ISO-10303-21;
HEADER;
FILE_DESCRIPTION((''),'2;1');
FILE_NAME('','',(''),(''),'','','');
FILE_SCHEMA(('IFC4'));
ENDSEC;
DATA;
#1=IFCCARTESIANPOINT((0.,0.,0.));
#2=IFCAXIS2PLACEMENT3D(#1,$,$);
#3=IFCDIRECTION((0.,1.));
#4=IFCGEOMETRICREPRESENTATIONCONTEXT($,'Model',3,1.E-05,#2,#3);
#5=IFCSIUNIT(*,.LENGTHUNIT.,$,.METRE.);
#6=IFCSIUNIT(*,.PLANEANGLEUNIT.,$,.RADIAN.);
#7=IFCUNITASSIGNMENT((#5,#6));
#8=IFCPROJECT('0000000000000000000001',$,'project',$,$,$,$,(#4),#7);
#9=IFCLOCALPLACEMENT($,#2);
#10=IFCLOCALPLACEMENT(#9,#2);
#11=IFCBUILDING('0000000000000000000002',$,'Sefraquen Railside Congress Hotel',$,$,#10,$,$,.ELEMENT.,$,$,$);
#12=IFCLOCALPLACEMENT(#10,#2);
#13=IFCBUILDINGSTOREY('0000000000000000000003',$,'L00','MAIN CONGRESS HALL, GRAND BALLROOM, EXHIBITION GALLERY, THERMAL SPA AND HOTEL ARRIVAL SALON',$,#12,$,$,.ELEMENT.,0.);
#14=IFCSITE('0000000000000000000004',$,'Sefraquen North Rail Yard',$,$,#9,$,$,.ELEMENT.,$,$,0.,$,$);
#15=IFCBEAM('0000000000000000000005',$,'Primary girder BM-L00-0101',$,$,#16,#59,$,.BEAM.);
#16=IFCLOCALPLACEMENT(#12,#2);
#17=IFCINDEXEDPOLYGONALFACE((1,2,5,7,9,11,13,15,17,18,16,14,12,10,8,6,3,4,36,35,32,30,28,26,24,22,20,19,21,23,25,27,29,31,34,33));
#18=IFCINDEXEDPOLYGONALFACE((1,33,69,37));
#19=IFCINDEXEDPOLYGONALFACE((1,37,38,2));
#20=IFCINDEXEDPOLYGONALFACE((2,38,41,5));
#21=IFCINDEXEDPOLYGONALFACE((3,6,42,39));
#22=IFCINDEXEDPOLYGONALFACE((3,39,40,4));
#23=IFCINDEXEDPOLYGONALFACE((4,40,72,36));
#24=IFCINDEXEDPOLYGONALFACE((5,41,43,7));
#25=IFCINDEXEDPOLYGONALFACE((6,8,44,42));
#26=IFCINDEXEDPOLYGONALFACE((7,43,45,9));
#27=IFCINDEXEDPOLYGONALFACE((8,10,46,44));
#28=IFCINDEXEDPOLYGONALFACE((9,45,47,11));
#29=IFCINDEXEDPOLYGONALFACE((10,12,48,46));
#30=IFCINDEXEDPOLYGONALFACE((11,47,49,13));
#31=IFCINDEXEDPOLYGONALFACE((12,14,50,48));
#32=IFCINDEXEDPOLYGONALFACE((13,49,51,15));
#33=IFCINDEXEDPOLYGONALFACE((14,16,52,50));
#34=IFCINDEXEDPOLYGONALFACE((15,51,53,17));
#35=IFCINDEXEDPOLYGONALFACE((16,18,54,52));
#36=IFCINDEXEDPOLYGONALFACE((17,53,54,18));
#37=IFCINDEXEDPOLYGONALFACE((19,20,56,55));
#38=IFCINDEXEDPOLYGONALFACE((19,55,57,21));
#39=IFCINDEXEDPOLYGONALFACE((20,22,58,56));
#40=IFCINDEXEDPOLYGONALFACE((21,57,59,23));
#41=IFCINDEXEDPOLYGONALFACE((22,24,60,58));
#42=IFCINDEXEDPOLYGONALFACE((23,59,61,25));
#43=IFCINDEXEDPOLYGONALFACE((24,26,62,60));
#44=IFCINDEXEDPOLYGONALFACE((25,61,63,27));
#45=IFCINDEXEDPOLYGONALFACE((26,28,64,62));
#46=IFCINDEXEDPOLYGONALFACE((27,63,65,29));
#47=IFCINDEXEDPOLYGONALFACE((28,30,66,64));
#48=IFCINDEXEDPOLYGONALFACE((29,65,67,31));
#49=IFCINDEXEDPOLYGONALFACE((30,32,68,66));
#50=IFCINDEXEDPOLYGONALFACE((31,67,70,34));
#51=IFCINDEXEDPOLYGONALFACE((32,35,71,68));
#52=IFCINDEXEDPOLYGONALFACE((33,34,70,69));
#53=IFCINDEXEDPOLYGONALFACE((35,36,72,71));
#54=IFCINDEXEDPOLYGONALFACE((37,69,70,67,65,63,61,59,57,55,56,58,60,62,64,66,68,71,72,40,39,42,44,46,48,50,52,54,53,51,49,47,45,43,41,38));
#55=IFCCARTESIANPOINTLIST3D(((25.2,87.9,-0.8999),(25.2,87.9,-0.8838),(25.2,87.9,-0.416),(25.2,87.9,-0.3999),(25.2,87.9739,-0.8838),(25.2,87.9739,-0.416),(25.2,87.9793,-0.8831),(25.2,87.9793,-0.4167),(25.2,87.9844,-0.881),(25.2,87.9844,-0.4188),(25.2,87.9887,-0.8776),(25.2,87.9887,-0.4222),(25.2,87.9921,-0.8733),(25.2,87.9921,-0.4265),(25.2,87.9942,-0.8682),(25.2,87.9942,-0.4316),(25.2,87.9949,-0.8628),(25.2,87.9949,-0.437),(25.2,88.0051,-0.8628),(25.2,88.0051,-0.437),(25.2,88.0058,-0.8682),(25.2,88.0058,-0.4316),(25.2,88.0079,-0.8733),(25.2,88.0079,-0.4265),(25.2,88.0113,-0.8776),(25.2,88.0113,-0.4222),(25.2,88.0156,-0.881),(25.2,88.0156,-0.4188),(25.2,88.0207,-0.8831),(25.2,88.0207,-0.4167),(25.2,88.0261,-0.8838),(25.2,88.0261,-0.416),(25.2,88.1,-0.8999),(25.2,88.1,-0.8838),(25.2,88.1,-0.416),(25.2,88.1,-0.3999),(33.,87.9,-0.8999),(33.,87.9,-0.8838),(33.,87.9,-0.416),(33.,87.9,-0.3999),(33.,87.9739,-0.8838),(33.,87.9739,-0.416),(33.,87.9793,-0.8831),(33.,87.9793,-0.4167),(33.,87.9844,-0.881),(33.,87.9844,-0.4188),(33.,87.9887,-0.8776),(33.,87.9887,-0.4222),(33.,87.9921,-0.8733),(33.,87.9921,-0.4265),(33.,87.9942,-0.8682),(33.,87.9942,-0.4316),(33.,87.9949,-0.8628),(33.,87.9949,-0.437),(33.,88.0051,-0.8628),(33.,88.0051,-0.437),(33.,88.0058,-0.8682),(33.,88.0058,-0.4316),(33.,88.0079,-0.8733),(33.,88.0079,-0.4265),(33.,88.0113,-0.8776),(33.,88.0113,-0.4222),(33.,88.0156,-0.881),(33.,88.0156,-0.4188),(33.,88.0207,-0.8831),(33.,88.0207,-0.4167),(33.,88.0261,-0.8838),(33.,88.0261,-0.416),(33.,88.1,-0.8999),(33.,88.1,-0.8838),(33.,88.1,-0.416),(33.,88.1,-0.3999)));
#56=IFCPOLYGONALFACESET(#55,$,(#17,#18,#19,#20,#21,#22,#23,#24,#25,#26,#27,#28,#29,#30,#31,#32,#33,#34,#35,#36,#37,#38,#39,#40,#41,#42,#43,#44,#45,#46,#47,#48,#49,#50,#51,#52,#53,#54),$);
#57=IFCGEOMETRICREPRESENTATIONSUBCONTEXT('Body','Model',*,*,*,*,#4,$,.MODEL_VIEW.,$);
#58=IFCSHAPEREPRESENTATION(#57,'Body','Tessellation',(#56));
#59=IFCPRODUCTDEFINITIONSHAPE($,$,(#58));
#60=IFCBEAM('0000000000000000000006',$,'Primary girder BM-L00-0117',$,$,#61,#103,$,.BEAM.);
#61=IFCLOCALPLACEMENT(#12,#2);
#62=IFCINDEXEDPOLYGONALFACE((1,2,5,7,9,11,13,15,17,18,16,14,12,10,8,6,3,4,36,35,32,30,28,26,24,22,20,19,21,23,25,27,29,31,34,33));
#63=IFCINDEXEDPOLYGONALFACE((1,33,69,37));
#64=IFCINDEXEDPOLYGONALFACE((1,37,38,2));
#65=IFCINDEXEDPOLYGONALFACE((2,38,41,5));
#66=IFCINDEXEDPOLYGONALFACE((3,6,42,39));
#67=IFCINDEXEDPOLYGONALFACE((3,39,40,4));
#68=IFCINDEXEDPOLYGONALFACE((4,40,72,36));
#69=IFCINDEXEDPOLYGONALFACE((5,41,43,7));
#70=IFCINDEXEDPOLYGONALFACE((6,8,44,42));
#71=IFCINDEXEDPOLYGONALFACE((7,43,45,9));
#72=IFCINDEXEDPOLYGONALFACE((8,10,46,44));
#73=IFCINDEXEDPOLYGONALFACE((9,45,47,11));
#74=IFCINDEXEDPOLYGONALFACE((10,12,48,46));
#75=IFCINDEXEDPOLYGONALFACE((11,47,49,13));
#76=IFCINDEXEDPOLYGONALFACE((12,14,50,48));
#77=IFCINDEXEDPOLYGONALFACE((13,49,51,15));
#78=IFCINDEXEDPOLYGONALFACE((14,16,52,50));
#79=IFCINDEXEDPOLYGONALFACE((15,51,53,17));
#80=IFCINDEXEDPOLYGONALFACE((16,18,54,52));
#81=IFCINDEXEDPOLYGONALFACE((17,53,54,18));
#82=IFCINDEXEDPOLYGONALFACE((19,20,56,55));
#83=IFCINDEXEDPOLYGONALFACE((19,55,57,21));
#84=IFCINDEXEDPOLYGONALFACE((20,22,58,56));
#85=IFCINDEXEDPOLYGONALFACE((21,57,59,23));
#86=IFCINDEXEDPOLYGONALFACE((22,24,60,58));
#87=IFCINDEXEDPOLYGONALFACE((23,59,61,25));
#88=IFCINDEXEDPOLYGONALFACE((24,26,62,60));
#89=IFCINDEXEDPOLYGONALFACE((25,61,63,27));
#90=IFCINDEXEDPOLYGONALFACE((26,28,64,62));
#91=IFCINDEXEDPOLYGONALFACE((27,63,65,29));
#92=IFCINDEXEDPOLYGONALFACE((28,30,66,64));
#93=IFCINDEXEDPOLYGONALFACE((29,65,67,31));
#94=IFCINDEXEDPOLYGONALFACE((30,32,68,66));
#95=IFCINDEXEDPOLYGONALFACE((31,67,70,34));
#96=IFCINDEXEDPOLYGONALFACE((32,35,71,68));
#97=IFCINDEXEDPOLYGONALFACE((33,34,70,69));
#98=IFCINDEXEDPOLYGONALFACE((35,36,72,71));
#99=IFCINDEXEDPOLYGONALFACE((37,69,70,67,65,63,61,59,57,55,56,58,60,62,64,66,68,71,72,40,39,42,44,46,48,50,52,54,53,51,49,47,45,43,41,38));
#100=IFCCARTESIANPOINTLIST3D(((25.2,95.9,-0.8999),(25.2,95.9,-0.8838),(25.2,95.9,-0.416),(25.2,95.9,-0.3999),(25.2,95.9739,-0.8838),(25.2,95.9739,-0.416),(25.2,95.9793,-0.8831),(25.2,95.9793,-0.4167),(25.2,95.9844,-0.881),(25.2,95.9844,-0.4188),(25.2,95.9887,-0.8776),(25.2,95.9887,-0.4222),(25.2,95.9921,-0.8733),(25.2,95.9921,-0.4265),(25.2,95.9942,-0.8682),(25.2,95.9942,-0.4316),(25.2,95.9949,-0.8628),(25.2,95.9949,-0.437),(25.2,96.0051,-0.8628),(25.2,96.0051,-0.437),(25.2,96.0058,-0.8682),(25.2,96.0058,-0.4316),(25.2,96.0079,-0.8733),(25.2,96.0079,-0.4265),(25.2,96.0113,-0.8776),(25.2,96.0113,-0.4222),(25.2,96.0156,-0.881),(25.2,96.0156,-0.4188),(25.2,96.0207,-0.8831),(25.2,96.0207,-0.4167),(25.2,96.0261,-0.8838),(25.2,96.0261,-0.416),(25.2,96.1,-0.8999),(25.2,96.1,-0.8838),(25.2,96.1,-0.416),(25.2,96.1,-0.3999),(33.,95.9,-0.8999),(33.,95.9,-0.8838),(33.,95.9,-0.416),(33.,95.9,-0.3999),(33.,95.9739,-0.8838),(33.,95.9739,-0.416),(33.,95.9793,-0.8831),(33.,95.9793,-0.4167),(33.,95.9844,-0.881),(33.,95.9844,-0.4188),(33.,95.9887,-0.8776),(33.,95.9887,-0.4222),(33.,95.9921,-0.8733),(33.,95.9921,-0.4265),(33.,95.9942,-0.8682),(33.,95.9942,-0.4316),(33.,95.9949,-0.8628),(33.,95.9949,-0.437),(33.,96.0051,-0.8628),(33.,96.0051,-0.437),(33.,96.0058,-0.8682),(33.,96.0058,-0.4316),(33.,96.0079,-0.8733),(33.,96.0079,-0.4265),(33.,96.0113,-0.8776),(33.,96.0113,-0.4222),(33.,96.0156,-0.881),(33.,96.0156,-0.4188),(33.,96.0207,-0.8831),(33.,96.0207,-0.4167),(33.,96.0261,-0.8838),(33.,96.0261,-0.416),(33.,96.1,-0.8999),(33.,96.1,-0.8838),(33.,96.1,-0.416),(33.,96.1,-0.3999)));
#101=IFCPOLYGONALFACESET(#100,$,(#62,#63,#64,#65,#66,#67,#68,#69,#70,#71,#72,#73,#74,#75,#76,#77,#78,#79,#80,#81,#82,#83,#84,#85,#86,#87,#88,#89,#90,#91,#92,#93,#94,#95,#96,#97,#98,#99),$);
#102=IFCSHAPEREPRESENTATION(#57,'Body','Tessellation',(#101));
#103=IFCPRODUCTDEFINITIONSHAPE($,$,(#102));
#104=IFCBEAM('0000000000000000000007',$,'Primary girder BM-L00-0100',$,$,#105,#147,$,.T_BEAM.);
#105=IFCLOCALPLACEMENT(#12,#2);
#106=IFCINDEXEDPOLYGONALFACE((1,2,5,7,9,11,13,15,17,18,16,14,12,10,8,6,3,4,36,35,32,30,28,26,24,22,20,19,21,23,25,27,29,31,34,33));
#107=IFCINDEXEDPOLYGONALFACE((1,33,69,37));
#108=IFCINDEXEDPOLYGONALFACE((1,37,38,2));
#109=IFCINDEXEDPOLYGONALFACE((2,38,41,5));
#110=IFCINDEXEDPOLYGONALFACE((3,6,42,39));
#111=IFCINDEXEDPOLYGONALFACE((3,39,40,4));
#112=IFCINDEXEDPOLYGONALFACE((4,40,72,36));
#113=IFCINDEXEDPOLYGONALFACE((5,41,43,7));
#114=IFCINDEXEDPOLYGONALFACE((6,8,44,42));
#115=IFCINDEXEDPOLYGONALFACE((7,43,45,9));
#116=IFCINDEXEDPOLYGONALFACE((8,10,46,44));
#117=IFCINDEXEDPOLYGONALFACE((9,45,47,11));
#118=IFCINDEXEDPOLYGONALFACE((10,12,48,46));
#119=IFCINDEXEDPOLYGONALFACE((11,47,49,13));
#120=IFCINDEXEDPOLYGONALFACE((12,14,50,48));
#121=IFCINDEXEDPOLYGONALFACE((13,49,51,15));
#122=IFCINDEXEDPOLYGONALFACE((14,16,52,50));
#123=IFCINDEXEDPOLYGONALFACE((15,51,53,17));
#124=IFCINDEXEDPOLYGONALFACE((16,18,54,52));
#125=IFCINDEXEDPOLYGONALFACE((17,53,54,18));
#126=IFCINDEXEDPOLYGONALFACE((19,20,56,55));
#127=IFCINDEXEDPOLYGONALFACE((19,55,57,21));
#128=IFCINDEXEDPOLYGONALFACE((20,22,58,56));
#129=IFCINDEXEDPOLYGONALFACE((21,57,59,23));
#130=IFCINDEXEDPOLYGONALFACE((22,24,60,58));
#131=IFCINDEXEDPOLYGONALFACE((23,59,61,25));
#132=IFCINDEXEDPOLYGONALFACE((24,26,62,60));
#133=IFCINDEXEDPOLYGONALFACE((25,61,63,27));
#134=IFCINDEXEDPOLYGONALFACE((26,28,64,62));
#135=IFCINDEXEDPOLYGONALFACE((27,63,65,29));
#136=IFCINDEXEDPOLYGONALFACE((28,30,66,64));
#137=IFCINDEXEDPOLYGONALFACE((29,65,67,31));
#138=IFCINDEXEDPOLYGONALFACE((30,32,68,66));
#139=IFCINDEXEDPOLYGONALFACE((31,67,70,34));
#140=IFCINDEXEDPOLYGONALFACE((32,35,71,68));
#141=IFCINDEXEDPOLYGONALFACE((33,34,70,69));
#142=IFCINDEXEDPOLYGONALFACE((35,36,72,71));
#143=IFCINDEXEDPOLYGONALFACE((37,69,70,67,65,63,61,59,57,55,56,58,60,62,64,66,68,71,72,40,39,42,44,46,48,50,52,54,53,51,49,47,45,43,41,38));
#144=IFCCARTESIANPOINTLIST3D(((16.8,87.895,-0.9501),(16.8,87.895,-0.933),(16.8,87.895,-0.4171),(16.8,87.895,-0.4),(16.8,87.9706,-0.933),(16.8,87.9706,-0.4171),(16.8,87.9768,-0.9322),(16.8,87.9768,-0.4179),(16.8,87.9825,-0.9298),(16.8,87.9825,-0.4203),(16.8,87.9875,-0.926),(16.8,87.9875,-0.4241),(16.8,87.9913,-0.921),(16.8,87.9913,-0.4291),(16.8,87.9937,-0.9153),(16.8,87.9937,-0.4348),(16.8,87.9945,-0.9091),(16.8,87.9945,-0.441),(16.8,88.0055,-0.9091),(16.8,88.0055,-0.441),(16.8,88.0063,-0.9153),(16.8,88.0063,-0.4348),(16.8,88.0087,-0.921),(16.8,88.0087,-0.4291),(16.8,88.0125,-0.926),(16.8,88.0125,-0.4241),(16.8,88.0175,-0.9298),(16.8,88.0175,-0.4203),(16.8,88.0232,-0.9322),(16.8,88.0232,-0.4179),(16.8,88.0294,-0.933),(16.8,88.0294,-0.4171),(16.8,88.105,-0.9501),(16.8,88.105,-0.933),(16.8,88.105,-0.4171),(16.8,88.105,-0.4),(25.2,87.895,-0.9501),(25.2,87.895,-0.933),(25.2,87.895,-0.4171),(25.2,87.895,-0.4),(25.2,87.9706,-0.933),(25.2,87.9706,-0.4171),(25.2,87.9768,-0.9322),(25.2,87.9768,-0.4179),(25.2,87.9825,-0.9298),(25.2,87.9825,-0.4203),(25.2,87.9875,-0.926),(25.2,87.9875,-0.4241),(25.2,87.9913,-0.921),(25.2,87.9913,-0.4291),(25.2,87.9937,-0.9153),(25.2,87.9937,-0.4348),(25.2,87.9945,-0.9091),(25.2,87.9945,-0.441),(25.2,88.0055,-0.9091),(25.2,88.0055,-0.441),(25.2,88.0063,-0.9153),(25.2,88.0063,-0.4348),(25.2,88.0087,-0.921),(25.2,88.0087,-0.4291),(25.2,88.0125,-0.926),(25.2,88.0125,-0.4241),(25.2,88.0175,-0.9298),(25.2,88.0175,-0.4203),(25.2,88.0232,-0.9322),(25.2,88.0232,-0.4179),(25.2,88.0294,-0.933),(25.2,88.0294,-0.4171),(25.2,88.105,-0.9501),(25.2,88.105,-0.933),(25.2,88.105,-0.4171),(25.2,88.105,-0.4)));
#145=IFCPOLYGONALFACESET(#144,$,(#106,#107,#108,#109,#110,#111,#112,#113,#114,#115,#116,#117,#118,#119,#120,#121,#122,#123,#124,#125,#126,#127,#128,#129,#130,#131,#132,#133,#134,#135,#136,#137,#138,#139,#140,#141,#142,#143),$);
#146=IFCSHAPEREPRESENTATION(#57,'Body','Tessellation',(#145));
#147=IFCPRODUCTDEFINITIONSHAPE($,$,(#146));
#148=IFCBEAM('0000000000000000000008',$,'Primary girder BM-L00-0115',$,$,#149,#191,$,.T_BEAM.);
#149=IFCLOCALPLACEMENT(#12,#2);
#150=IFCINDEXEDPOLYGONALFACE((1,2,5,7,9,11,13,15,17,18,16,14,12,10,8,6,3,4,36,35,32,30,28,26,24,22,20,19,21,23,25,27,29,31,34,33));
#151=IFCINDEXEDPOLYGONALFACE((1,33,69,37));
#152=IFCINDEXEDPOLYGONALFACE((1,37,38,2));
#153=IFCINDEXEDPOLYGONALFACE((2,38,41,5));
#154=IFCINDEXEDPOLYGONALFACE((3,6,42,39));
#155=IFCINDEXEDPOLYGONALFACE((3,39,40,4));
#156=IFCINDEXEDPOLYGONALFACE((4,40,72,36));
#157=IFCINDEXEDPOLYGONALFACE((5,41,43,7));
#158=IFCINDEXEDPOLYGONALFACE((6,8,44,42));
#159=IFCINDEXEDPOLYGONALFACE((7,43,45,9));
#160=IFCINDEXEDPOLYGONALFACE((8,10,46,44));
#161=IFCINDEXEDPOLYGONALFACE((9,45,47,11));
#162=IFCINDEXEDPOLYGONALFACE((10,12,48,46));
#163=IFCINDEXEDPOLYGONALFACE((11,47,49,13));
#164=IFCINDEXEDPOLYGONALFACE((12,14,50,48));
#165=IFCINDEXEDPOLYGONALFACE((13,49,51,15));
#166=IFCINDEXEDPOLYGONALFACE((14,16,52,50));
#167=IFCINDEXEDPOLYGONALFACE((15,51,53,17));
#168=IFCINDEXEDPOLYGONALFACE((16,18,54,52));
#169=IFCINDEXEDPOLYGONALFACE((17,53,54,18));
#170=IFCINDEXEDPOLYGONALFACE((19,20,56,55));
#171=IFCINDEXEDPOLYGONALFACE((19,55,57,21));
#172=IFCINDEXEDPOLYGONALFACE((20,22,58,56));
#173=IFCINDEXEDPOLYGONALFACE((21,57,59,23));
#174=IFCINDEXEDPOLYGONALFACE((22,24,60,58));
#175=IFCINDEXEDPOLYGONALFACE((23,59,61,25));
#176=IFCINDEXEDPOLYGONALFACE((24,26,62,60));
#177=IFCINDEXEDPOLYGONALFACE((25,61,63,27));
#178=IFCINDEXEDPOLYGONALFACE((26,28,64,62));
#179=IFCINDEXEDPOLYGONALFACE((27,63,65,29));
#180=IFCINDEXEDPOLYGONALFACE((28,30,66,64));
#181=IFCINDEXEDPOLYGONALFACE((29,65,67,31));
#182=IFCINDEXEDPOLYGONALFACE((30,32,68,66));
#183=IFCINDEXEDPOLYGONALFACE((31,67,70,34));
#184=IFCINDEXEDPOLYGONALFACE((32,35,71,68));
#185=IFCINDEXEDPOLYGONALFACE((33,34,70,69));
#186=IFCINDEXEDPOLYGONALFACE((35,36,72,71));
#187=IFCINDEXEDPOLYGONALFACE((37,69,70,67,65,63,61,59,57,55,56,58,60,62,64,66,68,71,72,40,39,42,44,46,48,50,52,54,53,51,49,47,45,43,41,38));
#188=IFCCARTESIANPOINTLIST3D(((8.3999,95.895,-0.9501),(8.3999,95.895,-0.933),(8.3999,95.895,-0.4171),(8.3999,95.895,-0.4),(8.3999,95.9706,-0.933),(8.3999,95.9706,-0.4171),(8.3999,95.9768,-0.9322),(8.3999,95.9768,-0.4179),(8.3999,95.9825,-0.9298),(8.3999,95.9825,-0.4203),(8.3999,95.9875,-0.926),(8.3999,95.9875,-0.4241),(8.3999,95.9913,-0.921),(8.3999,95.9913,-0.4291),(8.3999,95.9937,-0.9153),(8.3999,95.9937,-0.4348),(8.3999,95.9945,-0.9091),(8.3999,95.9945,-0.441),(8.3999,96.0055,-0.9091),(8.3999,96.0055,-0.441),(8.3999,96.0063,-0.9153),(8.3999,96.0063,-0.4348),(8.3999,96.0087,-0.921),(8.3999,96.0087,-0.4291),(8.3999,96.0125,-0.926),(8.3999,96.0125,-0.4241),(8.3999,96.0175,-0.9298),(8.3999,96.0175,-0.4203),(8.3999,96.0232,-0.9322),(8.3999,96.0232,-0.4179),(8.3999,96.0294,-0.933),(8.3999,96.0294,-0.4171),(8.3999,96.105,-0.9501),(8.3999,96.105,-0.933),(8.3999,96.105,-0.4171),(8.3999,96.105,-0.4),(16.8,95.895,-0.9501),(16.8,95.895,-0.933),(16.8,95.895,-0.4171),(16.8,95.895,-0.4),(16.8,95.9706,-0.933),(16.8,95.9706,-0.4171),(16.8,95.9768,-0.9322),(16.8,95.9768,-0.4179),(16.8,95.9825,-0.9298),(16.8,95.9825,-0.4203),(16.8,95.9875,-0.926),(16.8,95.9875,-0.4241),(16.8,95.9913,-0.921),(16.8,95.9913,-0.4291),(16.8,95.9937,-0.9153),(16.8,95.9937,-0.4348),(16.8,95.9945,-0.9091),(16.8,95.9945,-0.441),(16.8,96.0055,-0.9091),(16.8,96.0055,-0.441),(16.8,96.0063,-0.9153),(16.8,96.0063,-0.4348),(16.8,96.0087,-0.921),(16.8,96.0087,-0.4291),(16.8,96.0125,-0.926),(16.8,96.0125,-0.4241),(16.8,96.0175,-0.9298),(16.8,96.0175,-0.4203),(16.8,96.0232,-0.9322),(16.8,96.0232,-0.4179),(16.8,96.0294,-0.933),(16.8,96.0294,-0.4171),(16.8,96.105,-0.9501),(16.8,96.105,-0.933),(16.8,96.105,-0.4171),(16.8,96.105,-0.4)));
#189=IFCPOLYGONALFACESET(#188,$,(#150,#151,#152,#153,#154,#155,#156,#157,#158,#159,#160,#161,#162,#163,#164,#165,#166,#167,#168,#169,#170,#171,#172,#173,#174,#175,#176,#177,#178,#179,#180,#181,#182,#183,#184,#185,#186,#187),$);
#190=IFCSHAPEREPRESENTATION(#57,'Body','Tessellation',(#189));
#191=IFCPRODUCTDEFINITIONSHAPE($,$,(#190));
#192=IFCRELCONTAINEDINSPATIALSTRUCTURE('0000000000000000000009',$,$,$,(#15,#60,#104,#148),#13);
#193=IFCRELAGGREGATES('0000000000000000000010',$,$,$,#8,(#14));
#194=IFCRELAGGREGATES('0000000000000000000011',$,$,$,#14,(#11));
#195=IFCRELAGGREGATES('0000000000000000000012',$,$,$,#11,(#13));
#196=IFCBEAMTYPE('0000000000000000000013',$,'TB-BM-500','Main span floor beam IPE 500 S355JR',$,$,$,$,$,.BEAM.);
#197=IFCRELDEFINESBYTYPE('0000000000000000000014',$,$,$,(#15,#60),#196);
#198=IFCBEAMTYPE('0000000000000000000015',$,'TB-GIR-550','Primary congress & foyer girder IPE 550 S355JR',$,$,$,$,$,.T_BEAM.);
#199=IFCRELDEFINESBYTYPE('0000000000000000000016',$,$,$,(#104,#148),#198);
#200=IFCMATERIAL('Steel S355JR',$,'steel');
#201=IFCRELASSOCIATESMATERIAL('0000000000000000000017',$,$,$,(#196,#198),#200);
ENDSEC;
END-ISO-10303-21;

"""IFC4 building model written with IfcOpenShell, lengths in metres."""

from ifc_helpers import new_model, si_unit, direction, frame, origin, origin_2d, place, context, subcontext, project, spatial, i_section, extrude, material, material_profile, profile_set, type_object, element, save


model = new_model("IFC4")

# Units and contexts
model_context = context("Model", 3, precision=1e-05, world=origin(), true_north=direction((0.0, 1.0)))
body_context = subcontext(model_context, "Body", "Model", "MODEL_VIEW")
ifc_project = project(units=[si_unit("LENGTHUNIT", "METRE"), si_unit("PLANEANGLEUNIT", "RADIAN")], contexts=[model_context])

# Site, building, storey
site_placement = place(None, origin())
site = spatial("IfcSite", under=ifc_project, at=site_placement, Name="Sefraquen North Rail Yard", CompositionType="ELEMENT", RefElevation=0.0)
building_placement = place(site_placement, origin())
building = spatial("IfcBuilding", under=site, at=building_placement, Name="Sefraquen Railside Congress Hotel", CompositionType="ELEMENT")
storey_placement = place(building_placement, origin())
storey = spatial("IfcBuildingStorey", under=building, at=storey_placement, Name="L00", Description="MAIN CONGRESS HALL, GRAND BALLROOM, EXHIBITION GALLERY, THERMAL SPA AND HOTEL ARRIVAL SALON", CompositionType="ELEMENT", Elevation=0.0)

# Shared definitions
ifc_material_1 = material(Name="Steel S355JR", Category="steel")

# Beams
ifc_material_profile_1 = material_profile(ifc_material_1, i_section(OverallWidth=0.2, OverallDepth=0.5, WebThickness=0.0103, FlangeThickness=0.0161, FilletRadius=0.021, at=origin_2d()), Name="IPE 500")
ifc_profile_set_1 = profile_set([ifc_material_profile_1], Name="Steel S355JR")
beam_type_1 = type_object("IfcBeamType", Name="TB-BM-500", Description="Main span floor beam IPE 500 S355JR", PredefinedType="BEAM", material=ifc_profile_set_1)
for number, where, z_axis, x_axis, name in (
    (1, (25.2, 88.0, -0.6499), (1.0, 0.0, 0.0), (0.0, 1.0, 0.0), "Primary girder BM-L00-0101"),
    (2, (25.2, 96.0, -0.6499), (1.0, 0.0, 0.0), (0.0, 1.0, 0.0), "Primary girder BM-L00-0117"),
):
    element("IfcBeam", number, at=place(storey_placement, frame(where, z_axis=z_axis, x_axis=x_axis)), inside=storey, type_object=beam_type_1, Name=name, PredefinedType="BEAM", context=body_context, shape_type="SweptSolid", body=[
        extrude(i_section(OverallWidth=0.2, OverallDepth=0.5, WebThickness=0.0103, FlangeThickness=0.0161, FilletRadius=0.021, at=origin_2d()), origin(), (0.0, 0.0, 1.0), 7.8),
    ])
ifc_material_profile_2 = material_profile(ifc_material_1, i_section(OverallWidth=0.21, OverallDepth=0.55, WebThickness=0.011, FlangeThickness=0.0171, FilletRadius=0.0239, at=origin_2d()), Name="IPE 550")
ifc_profile_set_2 = profile_set([ifc_material_profile_2], Name="Steel S355JR")
beam_type_2 = type_object("IfcBeamType", Name="TB-GIR-550", Description="Primary congress & foyer girder IPE 550 S355JR", PredefinedType="T_BEAM", material=ifc_profile_set_2)
beam_1_placement = place(storey_placement, frame((16.8, 88.0, -0.675), z_axis=(1.0, 0.0, 0.0), x_axis=(0.0, 1.0, 0.0)))
element("IfcBeam", 3, at=beam_1_placement, inside=storey, type_object=beam_type_2, Name="Primary girder BM-L00-0100", PredefinedType="T_BEAM", context=body_context, shape_type="SweptSolid", body=[
    extrude(i_section(OverallWidth=0.21, OverallDepth=0.55, WebThickness=0.011, FlangeThickness=0.0171, FilletRadius=0.0239, at=origin_2d()), origin(), (0.0, 0.0, 1.0), 8.3999),
])
beam_2_placement = place(storey_placement, frame((8.3999, 96.0, -0.675), z_axis=(1.0, 0.0, 0.0), x_axis=(0.0, 1.0, 0.0)))
element("IfcBeam", 4, at=beam_2_placement, inside=storey, type_object=beam_type_2, Name="Primary girder BM-L00-0115", PredefinedType="T_BEAM", context=body_context, shape_type="SweptSolid", body=[
    extrude(i_section(OverallWidth=0.21, OverallDepth=0.55, WebThickness=0.011, FlangeThickness=0.0171, FilletRadius=0.0239, at=origin_2d()), origin(), (0.0, 0.0, 1.0), 8.4001),
])

save(model, "model.ifc")
